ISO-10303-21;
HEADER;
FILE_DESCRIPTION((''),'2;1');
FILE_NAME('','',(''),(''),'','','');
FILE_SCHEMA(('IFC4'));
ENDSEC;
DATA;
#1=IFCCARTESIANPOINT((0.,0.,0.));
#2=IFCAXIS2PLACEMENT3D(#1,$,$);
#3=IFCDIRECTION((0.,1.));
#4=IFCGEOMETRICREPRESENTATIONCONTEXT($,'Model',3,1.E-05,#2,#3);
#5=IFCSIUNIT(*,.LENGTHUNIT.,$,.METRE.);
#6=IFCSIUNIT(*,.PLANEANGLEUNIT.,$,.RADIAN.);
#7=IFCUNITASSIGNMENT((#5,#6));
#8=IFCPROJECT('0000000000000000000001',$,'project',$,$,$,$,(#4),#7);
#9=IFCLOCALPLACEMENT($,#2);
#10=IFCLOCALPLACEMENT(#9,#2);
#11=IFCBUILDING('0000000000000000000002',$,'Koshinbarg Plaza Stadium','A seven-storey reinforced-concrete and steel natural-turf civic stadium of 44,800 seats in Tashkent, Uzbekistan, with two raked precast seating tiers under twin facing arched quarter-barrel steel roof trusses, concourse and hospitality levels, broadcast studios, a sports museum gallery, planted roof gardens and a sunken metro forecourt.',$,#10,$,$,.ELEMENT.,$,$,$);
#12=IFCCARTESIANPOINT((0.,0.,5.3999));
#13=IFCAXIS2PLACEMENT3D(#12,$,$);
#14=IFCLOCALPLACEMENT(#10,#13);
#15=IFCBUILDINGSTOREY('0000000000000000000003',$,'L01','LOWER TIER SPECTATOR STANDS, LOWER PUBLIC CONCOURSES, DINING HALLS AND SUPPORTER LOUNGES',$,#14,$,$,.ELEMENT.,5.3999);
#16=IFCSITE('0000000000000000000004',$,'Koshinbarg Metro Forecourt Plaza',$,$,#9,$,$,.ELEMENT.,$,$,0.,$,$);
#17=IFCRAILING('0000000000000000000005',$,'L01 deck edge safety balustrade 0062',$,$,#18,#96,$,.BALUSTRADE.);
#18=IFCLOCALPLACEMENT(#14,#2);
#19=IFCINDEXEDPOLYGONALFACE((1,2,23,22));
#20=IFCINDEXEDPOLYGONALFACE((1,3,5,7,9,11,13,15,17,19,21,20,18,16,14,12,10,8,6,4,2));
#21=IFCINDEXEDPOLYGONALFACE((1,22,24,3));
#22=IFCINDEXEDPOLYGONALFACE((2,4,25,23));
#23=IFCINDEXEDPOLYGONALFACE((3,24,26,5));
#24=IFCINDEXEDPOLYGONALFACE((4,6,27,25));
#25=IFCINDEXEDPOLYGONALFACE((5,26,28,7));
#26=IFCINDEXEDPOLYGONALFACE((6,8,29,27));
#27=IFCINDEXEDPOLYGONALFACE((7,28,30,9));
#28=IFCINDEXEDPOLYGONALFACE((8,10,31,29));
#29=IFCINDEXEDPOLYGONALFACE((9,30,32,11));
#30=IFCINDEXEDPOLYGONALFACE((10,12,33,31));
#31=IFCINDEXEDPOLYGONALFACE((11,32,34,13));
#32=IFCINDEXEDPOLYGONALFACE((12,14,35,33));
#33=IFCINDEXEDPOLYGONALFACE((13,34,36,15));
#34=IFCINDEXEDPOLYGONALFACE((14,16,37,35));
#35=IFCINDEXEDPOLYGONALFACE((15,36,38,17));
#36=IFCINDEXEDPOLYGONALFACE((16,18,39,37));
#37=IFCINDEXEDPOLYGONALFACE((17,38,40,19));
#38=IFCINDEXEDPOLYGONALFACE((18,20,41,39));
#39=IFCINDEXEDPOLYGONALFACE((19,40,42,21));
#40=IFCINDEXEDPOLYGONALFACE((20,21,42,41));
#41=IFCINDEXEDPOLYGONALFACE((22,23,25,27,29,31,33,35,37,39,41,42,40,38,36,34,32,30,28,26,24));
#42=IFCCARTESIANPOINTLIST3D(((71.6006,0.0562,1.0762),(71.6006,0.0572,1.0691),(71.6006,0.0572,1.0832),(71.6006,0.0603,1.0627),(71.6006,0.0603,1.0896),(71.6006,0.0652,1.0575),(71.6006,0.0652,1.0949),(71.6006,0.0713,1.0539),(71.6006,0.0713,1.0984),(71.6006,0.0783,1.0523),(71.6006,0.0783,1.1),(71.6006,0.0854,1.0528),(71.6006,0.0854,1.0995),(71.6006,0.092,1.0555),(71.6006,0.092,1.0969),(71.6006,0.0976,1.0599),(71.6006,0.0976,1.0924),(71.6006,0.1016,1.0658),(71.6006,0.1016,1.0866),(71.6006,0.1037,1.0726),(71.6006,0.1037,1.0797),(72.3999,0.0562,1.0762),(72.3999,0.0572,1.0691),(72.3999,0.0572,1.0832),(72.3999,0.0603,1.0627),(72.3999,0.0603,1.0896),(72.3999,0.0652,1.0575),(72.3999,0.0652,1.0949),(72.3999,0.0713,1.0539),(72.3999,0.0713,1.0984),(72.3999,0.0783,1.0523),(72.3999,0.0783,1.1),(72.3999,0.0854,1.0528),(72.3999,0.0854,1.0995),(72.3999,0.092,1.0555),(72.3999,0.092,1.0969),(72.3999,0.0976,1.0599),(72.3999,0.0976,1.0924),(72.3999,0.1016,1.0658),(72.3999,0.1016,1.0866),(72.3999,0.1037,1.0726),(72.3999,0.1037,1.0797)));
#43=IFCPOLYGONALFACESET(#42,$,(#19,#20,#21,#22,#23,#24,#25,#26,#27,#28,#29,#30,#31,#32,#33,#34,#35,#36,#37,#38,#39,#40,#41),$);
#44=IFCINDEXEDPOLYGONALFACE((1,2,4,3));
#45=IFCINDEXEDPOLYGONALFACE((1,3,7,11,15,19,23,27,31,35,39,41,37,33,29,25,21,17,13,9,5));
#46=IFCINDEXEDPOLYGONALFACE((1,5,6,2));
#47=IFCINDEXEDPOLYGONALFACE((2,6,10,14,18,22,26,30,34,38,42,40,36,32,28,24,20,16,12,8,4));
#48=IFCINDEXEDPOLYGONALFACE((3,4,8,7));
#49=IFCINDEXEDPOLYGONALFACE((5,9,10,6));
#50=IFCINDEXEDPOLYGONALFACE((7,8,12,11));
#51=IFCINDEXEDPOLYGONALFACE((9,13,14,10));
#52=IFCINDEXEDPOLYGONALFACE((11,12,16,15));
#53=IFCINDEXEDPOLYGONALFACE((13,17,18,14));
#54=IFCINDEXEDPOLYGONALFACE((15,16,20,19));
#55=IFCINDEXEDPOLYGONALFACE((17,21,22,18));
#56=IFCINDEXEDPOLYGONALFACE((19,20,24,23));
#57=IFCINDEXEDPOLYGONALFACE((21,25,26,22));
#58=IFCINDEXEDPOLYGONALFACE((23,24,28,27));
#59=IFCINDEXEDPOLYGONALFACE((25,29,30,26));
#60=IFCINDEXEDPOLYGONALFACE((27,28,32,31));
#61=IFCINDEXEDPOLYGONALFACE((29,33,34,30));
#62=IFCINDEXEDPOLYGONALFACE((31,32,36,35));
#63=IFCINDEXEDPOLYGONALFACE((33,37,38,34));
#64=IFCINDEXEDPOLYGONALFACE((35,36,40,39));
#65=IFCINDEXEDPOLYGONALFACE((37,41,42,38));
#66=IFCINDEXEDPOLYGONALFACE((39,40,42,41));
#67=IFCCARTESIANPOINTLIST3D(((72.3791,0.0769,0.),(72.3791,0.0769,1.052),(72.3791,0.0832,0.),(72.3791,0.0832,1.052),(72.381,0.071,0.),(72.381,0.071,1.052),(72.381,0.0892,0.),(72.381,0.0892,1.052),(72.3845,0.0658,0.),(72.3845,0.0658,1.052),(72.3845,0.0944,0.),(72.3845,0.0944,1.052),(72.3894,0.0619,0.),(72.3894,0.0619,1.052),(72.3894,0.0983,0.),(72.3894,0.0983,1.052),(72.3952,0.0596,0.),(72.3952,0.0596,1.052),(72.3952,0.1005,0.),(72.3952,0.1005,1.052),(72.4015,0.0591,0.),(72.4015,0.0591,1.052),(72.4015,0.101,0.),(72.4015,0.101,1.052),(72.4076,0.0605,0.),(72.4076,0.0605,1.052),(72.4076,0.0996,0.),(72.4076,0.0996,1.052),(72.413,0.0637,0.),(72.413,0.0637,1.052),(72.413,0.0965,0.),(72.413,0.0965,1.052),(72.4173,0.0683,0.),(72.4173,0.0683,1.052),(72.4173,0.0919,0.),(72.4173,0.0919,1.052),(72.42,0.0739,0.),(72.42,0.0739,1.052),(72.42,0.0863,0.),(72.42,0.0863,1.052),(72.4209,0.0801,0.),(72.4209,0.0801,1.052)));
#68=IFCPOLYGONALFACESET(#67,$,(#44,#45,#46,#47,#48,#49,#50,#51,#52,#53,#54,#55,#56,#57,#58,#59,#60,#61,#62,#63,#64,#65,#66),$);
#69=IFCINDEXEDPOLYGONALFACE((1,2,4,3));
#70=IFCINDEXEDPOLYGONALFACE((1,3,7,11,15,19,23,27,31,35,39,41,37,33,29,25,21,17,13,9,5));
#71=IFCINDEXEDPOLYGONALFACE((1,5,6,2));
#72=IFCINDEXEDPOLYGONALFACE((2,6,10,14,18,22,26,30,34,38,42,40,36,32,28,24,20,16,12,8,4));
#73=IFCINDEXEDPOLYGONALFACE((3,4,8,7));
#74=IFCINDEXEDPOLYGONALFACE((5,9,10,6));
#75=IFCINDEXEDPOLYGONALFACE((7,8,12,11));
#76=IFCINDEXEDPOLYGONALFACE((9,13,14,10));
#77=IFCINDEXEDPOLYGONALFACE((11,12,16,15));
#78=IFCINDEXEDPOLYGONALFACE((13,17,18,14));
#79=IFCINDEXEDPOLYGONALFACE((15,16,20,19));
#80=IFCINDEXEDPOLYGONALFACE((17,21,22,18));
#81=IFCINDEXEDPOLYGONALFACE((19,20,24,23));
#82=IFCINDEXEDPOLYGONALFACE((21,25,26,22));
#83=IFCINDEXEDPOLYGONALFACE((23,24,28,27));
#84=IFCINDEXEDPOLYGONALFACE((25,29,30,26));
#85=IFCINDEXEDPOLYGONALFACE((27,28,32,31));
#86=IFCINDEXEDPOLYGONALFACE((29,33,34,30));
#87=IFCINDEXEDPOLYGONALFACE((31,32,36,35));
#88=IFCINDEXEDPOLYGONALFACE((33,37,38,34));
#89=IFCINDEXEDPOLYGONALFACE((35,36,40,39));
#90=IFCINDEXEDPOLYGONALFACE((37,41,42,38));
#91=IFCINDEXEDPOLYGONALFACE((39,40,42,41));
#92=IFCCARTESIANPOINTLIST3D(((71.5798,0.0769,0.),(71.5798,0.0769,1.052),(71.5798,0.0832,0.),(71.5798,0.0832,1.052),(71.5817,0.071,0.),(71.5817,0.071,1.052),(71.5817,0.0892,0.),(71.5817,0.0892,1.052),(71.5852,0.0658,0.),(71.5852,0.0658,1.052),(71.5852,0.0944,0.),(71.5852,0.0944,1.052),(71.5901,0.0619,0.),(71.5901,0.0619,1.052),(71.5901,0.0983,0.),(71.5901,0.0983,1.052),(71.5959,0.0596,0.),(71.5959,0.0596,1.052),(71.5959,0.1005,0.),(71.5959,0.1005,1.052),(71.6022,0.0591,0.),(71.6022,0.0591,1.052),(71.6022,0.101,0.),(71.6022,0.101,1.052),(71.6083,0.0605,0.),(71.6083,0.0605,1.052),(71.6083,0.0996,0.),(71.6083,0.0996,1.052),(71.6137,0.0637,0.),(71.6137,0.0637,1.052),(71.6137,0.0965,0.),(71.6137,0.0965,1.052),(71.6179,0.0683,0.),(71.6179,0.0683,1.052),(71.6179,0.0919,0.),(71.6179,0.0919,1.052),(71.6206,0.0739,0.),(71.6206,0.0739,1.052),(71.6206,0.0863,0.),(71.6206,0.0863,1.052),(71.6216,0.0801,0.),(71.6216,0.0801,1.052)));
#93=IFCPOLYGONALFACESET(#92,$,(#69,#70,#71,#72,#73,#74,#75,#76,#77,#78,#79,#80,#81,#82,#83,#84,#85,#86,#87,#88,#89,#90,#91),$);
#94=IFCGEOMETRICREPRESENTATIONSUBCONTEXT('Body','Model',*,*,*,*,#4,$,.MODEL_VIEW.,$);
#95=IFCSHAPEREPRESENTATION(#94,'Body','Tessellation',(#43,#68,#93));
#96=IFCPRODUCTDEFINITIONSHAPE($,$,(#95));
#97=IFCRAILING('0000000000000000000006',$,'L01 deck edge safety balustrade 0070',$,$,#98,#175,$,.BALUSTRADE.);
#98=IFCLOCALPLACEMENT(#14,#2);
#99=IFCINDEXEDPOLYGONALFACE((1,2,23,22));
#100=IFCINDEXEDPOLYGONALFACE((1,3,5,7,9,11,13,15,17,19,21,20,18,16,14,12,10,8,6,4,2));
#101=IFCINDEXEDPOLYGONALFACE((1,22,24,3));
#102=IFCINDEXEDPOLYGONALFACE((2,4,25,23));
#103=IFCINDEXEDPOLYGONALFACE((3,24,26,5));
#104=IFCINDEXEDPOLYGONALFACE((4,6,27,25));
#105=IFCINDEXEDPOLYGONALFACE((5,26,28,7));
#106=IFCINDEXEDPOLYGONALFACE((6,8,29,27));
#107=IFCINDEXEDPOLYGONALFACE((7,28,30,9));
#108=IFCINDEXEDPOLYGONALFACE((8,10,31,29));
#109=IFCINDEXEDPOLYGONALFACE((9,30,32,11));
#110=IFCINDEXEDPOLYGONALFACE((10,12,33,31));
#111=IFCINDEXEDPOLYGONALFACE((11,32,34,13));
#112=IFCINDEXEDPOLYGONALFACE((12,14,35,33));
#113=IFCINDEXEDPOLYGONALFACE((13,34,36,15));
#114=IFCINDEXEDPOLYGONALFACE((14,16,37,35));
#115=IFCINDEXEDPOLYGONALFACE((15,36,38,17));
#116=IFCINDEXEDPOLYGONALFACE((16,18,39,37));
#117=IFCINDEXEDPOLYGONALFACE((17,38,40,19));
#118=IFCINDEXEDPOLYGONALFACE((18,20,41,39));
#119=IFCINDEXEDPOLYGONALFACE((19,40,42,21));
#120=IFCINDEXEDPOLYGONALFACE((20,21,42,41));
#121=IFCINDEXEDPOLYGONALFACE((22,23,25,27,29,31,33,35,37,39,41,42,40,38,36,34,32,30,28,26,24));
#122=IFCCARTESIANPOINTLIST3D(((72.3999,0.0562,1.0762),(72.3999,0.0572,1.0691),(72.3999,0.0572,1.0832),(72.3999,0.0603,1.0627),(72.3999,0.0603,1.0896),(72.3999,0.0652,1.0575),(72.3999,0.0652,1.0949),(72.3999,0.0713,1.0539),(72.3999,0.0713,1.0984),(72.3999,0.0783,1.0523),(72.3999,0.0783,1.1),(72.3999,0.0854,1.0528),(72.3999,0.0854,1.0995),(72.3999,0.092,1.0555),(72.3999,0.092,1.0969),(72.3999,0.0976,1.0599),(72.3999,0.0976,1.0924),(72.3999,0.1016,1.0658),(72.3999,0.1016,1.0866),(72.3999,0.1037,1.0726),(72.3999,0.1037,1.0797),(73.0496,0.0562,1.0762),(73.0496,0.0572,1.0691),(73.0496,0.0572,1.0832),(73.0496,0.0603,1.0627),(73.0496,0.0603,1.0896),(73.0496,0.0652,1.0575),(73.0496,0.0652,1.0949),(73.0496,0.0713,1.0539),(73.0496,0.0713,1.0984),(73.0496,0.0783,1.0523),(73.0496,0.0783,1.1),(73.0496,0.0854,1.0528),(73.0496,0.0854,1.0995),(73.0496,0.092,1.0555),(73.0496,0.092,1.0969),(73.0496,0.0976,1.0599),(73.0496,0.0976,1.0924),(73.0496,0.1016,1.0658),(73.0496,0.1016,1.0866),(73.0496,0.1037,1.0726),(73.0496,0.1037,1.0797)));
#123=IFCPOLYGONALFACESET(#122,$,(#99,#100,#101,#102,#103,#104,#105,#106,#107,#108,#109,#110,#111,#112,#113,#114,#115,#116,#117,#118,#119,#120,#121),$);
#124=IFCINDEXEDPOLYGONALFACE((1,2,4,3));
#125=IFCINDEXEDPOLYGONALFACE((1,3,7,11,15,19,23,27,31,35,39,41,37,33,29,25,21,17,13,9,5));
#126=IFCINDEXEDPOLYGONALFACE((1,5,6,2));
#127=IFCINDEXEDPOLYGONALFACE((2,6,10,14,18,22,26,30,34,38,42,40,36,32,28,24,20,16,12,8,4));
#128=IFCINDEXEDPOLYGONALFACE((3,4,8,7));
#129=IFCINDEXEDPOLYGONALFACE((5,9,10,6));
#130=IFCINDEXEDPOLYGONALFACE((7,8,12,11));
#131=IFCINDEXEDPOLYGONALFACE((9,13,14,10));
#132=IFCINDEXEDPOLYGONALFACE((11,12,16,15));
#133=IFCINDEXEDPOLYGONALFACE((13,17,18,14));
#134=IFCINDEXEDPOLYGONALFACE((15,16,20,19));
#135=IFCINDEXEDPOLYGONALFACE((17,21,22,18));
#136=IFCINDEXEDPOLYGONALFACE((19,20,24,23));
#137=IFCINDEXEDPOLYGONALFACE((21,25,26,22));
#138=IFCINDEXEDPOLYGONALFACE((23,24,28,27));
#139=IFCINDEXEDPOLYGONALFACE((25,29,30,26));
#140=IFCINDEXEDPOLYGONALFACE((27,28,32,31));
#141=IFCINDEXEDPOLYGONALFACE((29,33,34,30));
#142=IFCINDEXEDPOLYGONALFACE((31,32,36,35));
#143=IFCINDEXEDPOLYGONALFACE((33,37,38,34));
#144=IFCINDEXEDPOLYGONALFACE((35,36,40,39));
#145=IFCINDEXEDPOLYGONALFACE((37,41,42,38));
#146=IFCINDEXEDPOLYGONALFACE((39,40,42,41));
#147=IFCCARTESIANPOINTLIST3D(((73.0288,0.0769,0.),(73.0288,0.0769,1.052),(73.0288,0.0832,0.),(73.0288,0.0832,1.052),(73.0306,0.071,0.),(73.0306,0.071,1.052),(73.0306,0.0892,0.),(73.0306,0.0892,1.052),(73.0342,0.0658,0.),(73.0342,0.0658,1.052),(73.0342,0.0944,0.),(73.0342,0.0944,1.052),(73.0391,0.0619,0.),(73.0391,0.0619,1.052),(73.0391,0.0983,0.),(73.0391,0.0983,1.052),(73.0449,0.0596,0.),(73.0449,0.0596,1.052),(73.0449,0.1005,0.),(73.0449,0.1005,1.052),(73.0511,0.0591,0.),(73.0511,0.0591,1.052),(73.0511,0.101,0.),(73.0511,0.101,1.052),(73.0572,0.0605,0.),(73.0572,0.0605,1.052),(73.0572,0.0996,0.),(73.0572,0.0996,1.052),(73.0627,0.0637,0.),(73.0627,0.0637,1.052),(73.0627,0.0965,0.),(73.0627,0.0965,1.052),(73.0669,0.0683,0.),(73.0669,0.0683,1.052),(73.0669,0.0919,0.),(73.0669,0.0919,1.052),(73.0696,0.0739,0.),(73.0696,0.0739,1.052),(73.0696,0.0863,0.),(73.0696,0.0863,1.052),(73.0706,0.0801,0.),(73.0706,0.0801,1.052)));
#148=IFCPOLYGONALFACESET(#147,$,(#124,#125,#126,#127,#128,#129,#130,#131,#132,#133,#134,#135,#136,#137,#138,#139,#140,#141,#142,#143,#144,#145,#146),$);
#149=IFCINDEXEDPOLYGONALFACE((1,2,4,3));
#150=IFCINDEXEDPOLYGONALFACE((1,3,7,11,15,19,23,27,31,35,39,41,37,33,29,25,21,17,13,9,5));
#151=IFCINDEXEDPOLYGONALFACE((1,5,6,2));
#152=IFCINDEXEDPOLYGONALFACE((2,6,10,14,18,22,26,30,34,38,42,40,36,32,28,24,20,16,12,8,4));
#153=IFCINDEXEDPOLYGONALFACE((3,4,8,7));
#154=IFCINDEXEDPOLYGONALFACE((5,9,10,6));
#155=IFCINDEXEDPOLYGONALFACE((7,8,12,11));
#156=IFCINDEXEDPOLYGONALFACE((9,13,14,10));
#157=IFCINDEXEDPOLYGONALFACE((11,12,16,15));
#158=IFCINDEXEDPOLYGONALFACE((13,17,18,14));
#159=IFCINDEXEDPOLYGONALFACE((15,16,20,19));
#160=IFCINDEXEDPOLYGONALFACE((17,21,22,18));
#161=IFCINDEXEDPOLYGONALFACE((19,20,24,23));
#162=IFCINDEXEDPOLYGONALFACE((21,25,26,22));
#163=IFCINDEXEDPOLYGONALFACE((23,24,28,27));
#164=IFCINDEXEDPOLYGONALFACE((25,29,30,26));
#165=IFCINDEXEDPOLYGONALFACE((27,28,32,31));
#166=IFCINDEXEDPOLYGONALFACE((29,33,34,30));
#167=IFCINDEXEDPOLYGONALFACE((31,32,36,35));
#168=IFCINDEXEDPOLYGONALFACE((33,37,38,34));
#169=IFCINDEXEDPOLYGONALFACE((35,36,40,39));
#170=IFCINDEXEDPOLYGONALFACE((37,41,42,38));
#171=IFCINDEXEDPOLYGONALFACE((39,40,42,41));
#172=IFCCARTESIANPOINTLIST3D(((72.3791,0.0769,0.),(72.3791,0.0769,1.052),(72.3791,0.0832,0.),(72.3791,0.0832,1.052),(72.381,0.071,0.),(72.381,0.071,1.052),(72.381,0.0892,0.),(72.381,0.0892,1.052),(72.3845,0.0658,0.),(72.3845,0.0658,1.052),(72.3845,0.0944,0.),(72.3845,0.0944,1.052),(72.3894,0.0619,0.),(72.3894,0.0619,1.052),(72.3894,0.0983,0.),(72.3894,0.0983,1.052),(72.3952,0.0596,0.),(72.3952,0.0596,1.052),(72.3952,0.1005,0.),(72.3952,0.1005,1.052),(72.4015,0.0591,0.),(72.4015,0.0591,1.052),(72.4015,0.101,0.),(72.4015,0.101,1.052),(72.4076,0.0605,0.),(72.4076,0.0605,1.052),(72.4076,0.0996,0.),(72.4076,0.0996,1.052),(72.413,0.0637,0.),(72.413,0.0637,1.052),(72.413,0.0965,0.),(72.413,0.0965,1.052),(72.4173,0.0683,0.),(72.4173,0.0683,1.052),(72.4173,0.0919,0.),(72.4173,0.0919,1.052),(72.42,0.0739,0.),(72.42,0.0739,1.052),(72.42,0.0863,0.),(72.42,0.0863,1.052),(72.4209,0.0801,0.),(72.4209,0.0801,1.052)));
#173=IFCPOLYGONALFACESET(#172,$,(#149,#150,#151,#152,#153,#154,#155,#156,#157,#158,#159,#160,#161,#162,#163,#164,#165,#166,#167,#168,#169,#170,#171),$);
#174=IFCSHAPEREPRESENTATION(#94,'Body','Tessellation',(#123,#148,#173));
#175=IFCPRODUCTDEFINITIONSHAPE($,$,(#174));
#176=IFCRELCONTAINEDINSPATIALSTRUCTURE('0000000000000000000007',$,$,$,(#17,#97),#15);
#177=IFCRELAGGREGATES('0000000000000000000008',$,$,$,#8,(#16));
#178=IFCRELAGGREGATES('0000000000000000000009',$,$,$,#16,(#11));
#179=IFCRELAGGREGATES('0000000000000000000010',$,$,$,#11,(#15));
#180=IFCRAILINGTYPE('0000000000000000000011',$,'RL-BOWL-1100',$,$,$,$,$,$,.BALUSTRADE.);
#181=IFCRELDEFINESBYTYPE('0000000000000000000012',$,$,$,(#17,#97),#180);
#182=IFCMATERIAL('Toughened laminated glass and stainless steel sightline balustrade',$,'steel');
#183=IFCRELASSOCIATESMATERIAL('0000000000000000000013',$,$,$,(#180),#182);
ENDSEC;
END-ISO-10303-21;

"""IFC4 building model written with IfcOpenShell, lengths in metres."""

from ifc_helpers import new_model, si_unit, direction, frame, origin, origin_2d, place, context, subcontext, project, spatial, circle, extrude, material, type_object, element, save


model = new_model("IFC4")

# Units and contexts
model_context = context("Model", 3, precision=1e-05, world=origin(), true_north=direction((0.0, 1.0)))
body_context = subcontext(model_context, "Body", "Model", "MODEL_VIEW")
ifc_project = project(units=[si_unit("LENGTHUNIT", "METRE"), si_unit("PLANEANGLEUNIT", "RADIAN")], contexts=[model_context])

# Site, building, storey
site_placement = place(None, origin())
site = spatial("IfcSite", under=ifc_project, at=site_placement, Name="Koshinbarg Metro Forecourt Plaza", CompositionType="ELEMENT", RefElevation=0.0)
building_placement = place(site_placement, origin())
building = spatial("IfcBuilding", under=site, at=building_placement, Name="Koshinbarg Plaza Stadium", Description="A seven-storey reinforced-concrete and steel natural-turf civic stadium of 44,800 seats in Tashkent, Uzbekistan, with two raked precast seating tiers under twin facing arched quarter-barrel steel roof trusses, concourse and hospitality levels, broadcast studios, a sports museum gallery, planted roof gardens and a sunken metro forecourt.", CompositionType="ELEMENT")
storey_placement = place(building_placement, frame((0.0, 0.0, 5.3999)))
storey = spatial("IfcBuildingStorey", under=building, at=storey_placement, Name="L01", Description="LOWER TIER SPECTATOR STANDS, LOWER PUBLIC CONCOURSES, DINING HALLS AND SUPPORTER LOUNGES", CompositionType="ELEMENT", Elevation=5.3999)

# Railings
ifc_material_1 = material(Name="Toughened laminated glass and stainless steel sightline balustrade", Category="steel")
railing_type = type_object("IfcRailingType", Name="RL-BOWL-1100", PredefinedType="BALUSTRADE", material=ifc_material_1)
railing_1_placement = place(storey_placement, frame((72.3999, 0.0801, 0.0)))
element("IfcRailing", 1, at=railing_1_placement, inside=storey, type_object=railing_type, Name="L01 deck edge safety balustrade 0062", PredefinedType="BALUSTRADE", context=body_context, shape_type="SweptSolid", body=[
    extrude(circle(Radius=0.0239, at=origin_2d()), frame((0.0, 0.0, 1.0762), z_axis=(-1.0, 0.0, 0.0), x_axis=(0.0, -1.0, 0.0)), (0.0, 0.0, 1.0), 0.7993),
    extrude(circle(Radius=0.021, at=origin_2d()), origin(), (0.0, 0.0, 1.0), 1.052),
    extrude(circle(Radius=0.021, at=origin_2d()), frame((-0.7993, 0.0, 0.0)), (0.0, 0.0, 1.0), 1.052),
])
railing_2_placement = place(storey_placement, frame((73.0496, 0.0801, 0.0)))
element("IfcRailing", 2, at=railing_2_placement, inside=storey, type_object=railing_type, Name="L01 deck edge safety balustrade 0070", PredefinedType="BALUSTRADE", context=body_context, shape_type="SweptSolid", body=[
    extrude(circle(Radius=0.0239, at=origin_2d()), frame((0.0, 0.0, 1.0762), z_axis=(-1.0, 0.0, 0.0), x_axis=(0.0, -1.0, 0.0)), (0.0, 0.0, 1.0), 0.6497),
    extrude(circle(Radius=0.021, at=origin_2d()), origin(), (0.0, 0.0, 1.0), 1.052),
    extrude(circle(Radius=0.021, at=origin_2d()), frame((-0.6497, 0.0, 0.0)), (0.0, 0.0, 1.0), 1.052),
])

save(model, "model.ifc")
